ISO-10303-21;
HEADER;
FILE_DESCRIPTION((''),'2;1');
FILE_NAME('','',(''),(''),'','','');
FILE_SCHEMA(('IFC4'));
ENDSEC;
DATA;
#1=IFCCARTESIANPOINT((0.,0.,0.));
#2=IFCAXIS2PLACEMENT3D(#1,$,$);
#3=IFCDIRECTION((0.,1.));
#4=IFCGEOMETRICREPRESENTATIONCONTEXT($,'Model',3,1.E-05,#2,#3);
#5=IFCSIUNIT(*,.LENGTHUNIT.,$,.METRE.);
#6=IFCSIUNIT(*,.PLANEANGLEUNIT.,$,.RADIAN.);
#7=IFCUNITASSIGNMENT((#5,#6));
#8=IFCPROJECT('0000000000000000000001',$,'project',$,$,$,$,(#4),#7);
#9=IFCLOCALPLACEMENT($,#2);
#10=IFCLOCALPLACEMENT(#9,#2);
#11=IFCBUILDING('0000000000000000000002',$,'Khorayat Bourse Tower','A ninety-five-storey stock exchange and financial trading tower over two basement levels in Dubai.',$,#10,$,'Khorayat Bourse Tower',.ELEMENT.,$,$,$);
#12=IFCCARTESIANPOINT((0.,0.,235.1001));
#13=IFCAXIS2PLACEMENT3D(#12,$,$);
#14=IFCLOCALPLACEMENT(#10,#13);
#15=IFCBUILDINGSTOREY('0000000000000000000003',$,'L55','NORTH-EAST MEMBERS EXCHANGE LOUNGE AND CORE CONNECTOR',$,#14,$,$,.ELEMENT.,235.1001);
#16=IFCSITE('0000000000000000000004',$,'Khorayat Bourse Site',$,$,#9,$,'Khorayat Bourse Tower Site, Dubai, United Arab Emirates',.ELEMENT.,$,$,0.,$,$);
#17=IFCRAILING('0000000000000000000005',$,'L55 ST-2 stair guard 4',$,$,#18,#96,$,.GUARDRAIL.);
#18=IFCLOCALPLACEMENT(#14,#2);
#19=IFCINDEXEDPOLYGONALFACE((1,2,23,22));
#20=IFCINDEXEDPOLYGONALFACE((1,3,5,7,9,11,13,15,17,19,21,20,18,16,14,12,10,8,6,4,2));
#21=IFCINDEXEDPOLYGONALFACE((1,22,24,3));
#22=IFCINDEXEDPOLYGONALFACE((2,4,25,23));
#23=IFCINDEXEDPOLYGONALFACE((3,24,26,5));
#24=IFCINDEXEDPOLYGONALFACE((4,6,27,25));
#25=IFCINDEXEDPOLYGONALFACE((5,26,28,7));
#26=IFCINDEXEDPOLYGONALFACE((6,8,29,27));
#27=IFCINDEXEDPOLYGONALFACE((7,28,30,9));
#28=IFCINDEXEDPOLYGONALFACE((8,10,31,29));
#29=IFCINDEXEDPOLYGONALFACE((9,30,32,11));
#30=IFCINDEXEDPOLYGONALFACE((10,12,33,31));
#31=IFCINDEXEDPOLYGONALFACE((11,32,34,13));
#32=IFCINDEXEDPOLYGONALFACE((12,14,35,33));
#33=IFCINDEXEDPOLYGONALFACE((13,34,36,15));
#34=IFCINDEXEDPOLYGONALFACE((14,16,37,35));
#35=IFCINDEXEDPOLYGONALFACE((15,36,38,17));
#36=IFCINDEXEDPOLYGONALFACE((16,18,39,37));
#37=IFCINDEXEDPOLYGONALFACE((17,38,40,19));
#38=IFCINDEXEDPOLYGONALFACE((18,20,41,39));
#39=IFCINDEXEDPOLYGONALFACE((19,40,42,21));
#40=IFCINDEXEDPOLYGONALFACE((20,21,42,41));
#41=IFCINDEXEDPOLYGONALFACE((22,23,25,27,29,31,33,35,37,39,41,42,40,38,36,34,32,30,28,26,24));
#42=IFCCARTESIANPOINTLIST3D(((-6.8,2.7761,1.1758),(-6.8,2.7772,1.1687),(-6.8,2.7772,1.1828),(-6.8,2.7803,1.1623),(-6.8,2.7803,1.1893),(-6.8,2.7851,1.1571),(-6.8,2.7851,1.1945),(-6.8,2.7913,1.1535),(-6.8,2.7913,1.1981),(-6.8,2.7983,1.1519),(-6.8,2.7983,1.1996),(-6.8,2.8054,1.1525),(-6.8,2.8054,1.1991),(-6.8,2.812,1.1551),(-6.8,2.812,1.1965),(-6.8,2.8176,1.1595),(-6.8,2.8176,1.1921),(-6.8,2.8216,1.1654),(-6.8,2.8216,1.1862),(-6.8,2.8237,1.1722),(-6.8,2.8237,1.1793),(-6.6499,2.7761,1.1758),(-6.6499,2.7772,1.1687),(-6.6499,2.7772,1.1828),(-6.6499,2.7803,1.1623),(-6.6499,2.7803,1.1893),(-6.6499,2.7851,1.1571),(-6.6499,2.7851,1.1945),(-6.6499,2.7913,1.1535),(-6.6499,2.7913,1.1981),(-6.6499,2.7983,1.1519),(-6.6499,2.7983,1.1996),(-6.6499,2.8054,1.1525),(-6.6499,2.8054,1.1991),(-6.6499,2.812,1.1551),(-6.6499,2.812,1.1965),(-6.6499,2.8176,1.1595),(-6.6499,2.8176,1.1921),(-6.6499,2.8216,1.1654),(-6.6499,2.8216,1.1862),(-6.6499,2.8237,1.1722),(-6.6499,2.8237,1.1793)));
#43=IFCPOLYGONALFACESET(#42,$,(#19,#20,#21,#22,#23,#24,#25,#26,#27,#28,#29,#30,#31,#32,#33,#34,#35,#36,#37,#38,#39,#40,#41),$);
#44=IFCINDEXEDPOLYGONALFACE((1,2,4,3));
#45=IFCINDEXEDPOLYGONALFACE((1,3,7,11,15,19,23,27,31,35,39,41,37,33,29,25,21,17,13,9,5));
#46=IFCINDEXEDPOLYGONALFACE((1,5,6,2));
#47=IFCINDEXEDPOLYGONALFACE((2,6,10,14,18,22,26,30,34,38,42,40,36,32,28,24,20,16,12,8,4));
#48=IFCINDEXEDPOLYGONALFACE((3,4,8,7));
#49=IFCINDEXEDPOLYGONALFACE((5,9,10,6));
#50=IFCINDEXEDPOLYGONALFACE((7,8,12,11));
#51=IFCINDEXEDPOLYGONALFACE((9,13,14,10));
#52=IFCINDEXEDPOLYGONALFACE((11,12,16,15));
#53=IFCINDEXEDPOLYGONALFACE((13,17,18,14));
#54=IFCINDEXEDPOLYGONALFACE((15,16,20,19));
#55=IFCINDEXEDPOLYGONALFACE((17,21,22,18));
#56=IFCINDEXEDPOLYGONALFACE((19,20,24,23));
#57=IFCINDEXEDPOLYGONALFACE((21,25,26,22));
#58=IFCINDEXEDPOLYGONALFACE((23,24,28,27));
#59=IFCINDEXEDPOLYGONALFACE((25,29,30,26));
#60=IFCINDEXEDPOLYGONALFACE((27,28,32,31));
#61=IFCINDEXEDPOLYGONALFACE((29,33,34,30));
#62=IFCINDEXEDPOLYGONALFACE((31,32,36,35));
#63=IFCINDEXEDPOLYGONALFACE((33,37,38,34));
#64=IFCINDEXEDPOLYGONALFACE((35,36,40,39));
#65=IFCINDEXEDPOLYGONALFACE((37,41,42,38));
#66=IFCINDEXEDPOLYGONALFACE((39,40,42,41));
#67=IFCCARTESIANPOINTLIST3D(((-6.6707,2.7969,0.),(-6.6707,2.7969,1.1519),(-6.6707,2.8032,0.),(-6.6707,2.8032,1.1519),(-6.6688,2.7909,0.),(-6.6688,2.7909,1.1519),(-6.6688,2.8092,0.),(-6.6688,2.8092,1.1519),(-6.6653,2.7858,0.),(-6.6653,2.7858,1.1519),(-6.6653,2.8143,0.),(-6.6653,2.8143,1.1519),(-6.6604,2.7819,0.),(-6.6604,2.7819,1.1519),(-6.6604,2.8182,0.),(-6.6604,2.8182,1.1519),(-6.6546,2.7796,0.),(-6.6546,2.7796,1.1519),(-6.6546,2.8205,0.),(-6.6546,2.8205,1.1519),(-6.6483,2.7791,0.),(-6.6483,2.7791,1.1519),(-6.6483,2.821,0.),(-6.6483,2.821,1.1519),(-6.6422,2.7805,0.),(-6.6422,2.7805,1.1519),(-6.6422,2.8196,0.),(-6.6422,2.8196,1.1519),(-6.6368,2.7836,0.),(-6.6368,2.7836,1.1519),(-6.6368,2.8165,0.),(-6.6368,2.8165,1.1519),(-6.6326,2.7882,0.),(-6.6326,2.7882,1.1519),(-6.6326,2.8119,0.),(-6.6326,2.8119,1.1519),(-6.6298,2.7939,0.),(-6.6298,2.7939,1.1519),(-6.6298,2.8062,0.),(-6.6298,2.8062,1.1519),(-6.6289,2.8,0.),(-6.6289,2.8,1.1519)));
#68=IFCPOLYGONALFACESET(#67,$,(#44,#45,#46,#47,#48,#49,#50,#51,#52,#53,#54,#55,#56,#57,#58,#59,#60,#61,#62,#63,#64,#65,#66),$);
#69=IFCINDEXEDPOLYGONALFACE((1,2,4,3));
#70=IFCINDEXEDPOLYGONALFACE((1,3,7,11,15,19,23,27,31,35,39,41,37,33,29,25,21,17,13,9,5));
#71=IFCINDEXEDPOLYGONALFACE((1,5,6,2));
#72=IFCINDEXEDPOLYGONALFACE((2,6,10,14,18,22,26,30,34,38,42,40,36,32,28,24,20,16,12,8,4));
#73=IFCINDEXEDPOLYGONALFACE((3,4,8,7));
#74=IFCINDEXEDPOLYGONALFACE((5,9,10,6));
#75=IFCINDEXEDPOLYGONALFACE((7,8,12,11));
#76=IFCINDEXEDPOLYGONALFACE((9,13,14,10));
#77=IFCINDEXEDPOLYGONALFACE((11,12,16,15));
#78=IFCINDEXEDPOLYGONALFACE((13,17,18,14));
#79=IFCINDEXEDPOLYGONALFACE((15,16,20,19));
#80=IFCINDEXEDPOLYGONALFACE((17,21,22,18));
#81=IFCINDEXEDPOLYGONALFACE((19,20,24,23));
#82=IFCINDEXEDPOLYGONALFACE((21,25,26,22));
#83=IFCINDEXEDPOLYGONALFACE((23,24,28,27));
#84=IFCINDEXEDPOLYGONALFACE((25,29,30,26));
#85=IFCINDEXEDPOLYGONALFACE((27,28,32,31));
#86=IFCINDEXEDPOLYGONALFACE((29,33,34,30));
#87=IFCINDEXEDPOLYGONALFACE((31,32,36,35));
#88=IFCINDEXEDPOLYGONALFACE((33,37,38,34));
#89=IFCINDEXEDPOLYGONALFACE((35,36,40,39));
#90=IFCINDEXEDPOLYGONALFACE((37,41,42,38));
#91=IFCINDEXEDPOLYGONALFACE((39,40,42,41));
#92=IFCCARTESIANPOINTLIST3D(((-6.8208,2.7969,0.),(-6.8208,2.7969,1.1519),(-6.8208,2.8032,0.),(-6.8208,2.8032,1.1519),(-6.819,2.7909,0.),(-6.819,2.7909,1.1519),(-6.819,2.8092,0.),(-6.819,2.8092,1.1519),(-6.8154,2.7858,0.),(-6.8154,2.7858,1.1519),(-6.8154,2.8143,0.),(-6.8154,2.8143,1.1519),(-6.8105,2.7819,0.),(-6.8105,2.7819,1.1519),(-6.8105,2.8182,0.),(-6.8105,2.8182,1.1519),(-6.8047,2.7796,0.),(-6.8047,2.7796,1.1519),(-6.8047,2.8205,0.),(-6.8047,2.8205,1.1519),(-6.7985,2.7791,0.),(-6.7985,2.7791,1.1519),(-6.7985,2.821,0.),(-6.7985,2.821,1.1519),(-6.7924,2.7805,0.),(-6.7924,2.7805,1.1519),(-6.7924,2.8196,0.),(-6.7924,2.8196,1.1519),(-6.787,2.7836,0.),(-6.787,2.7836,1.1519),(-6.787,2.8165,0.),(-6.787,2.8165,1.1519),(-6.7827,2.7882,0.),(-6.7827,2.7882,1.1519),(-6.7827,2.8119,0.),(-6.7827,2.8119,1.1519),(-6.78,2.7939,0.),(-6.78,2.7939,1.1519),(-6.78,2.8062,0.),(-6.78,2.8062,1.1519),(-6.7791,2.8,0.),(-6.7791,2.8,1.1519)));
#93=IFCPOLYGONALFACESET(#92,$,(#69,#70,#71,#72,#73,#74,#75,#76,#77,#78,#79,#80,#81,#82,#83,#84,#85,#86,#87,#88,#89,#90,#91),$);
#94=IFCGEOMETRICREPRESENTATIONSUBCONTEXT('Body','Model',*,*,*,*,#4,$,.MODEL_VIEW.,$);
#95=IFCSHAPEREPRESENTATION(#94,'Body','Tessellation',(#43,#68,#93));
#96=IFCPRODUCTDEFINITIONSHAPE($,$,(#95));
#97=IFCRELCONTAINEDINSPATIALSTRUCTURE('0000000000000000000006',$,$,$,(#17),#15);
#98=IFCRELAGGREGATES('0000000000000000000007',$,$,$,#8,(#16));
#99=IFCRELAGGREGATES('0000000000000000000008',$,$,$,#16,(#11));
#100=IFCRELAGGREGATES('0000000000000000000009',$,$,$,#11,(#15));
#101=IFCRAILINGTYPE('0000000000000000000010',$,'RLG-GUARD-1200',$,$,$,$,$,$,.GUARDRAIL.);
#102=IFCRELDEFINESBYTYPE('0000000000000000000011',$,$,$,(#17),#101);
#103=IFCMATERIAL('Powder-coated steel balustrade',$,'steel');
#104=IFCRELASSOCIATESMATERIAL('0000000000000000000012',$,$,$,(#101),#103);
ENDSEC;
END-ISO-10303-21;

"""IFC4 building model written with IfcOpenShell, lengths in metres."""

from ifc_helpers import new_model, si_unit, direction, frame, origin, origin_2d, place, context, subcontext, project, spatial, circle, extrude, source, transform, mapped, material, type_object, element, save


model = new_model("IFC4")

# Units and contexts
model_context = context("Model", 3, precision=1e-05, world=origin(), true_north=direction((0.0, 1.0)))
body_context = subcontext(model_context, "Body", "Model", "MODEL_VIEW")
ifc_project = project(units=[si_unit("LENGTHUNIT", "METRE"), si_unit("PLANEANGLEUNIT", "RADIAN")], contexts=[model_context])

# Site, building, storey
site_placement = place(None, origin())
site = spatial("IfcSite", under=ifc_project, at=site_placement, Name="Khorayat Bourse Site", LongName="Khorayat Bourse Tower Site, Dubai, United Arab Emirates", CompositionType="ELEMENT", RefElevation=0.0)
building_placement = place(site_placement, origin())
building = spatial("IfcBuilding", under=site, at=building_placement, Name="Khorayat Bourse Tower", Description="A ninety-five-storey stock exchange and financial trading tower over two basement levels in Dubai.", LongName="Khorayat Bourse Tower", CompositionType="ELEMENT")
storey_placement = place(building_placement, frame((0.0, 0.0, 235.1001)))
storey = spatial("IfcBuildingStorey", under=building, at=storey_placement, Name="L55", Description="NORTH-EAST MEMBERS EXCHANGE LOUNGE AND CORE CONNECTOR", CompositionType="ELEMENT", Elevation=235.1001)

# Railing
ifc_material_1 = material(Name="Powder-coated steel balustrade", Category="steel")
railing_type_1 = type_object("IfcRailingType", Name="RLG-GUARD-1200", PredefinedType="GUARDRAIL", material=ifc_material_1)
shared_shape_1 = source(origin(), body_context, "Body", "SweptSolid", [
    extrude(circle(Radius=0.0239, at=origin_2d()), frame((0.0, 0.0, 1.1758), z_axis=(-1.0, 0.0, 0.0), x_axis=(0.0, -1.0, 0.0)), (0.0, 0.0, 1.0), 0.1501),
    extrude(circle(Radius=0.021, at=origin_2d()), origin(), (0.0, 0.0, 1.0), 1.1519),
    extrude(circle(Radius=0.021, at=origin_2d()), frame((-0.1501, 0.0, 0.0)), (0.0, 0.0, 1.0), 1.1519),
])
for number, where, name in (
    (1, (-6.6499, 2.8, 0.0), "L55 ST-2 stair guard 4"),
):
    element("IfcRailing", number, at=place(storey_placement, frame(where)), inside=storey, type_object=railing_type_1, Name=name, PredefinedType="GUARDRAIL", context=body_context, shape_type="MappedRepresentation", body=[
        mapped(shared_shape_1, transform((0.0, 0.0, 0.0), scale=1.0)),
    ])

save(model, "model.ifc")
